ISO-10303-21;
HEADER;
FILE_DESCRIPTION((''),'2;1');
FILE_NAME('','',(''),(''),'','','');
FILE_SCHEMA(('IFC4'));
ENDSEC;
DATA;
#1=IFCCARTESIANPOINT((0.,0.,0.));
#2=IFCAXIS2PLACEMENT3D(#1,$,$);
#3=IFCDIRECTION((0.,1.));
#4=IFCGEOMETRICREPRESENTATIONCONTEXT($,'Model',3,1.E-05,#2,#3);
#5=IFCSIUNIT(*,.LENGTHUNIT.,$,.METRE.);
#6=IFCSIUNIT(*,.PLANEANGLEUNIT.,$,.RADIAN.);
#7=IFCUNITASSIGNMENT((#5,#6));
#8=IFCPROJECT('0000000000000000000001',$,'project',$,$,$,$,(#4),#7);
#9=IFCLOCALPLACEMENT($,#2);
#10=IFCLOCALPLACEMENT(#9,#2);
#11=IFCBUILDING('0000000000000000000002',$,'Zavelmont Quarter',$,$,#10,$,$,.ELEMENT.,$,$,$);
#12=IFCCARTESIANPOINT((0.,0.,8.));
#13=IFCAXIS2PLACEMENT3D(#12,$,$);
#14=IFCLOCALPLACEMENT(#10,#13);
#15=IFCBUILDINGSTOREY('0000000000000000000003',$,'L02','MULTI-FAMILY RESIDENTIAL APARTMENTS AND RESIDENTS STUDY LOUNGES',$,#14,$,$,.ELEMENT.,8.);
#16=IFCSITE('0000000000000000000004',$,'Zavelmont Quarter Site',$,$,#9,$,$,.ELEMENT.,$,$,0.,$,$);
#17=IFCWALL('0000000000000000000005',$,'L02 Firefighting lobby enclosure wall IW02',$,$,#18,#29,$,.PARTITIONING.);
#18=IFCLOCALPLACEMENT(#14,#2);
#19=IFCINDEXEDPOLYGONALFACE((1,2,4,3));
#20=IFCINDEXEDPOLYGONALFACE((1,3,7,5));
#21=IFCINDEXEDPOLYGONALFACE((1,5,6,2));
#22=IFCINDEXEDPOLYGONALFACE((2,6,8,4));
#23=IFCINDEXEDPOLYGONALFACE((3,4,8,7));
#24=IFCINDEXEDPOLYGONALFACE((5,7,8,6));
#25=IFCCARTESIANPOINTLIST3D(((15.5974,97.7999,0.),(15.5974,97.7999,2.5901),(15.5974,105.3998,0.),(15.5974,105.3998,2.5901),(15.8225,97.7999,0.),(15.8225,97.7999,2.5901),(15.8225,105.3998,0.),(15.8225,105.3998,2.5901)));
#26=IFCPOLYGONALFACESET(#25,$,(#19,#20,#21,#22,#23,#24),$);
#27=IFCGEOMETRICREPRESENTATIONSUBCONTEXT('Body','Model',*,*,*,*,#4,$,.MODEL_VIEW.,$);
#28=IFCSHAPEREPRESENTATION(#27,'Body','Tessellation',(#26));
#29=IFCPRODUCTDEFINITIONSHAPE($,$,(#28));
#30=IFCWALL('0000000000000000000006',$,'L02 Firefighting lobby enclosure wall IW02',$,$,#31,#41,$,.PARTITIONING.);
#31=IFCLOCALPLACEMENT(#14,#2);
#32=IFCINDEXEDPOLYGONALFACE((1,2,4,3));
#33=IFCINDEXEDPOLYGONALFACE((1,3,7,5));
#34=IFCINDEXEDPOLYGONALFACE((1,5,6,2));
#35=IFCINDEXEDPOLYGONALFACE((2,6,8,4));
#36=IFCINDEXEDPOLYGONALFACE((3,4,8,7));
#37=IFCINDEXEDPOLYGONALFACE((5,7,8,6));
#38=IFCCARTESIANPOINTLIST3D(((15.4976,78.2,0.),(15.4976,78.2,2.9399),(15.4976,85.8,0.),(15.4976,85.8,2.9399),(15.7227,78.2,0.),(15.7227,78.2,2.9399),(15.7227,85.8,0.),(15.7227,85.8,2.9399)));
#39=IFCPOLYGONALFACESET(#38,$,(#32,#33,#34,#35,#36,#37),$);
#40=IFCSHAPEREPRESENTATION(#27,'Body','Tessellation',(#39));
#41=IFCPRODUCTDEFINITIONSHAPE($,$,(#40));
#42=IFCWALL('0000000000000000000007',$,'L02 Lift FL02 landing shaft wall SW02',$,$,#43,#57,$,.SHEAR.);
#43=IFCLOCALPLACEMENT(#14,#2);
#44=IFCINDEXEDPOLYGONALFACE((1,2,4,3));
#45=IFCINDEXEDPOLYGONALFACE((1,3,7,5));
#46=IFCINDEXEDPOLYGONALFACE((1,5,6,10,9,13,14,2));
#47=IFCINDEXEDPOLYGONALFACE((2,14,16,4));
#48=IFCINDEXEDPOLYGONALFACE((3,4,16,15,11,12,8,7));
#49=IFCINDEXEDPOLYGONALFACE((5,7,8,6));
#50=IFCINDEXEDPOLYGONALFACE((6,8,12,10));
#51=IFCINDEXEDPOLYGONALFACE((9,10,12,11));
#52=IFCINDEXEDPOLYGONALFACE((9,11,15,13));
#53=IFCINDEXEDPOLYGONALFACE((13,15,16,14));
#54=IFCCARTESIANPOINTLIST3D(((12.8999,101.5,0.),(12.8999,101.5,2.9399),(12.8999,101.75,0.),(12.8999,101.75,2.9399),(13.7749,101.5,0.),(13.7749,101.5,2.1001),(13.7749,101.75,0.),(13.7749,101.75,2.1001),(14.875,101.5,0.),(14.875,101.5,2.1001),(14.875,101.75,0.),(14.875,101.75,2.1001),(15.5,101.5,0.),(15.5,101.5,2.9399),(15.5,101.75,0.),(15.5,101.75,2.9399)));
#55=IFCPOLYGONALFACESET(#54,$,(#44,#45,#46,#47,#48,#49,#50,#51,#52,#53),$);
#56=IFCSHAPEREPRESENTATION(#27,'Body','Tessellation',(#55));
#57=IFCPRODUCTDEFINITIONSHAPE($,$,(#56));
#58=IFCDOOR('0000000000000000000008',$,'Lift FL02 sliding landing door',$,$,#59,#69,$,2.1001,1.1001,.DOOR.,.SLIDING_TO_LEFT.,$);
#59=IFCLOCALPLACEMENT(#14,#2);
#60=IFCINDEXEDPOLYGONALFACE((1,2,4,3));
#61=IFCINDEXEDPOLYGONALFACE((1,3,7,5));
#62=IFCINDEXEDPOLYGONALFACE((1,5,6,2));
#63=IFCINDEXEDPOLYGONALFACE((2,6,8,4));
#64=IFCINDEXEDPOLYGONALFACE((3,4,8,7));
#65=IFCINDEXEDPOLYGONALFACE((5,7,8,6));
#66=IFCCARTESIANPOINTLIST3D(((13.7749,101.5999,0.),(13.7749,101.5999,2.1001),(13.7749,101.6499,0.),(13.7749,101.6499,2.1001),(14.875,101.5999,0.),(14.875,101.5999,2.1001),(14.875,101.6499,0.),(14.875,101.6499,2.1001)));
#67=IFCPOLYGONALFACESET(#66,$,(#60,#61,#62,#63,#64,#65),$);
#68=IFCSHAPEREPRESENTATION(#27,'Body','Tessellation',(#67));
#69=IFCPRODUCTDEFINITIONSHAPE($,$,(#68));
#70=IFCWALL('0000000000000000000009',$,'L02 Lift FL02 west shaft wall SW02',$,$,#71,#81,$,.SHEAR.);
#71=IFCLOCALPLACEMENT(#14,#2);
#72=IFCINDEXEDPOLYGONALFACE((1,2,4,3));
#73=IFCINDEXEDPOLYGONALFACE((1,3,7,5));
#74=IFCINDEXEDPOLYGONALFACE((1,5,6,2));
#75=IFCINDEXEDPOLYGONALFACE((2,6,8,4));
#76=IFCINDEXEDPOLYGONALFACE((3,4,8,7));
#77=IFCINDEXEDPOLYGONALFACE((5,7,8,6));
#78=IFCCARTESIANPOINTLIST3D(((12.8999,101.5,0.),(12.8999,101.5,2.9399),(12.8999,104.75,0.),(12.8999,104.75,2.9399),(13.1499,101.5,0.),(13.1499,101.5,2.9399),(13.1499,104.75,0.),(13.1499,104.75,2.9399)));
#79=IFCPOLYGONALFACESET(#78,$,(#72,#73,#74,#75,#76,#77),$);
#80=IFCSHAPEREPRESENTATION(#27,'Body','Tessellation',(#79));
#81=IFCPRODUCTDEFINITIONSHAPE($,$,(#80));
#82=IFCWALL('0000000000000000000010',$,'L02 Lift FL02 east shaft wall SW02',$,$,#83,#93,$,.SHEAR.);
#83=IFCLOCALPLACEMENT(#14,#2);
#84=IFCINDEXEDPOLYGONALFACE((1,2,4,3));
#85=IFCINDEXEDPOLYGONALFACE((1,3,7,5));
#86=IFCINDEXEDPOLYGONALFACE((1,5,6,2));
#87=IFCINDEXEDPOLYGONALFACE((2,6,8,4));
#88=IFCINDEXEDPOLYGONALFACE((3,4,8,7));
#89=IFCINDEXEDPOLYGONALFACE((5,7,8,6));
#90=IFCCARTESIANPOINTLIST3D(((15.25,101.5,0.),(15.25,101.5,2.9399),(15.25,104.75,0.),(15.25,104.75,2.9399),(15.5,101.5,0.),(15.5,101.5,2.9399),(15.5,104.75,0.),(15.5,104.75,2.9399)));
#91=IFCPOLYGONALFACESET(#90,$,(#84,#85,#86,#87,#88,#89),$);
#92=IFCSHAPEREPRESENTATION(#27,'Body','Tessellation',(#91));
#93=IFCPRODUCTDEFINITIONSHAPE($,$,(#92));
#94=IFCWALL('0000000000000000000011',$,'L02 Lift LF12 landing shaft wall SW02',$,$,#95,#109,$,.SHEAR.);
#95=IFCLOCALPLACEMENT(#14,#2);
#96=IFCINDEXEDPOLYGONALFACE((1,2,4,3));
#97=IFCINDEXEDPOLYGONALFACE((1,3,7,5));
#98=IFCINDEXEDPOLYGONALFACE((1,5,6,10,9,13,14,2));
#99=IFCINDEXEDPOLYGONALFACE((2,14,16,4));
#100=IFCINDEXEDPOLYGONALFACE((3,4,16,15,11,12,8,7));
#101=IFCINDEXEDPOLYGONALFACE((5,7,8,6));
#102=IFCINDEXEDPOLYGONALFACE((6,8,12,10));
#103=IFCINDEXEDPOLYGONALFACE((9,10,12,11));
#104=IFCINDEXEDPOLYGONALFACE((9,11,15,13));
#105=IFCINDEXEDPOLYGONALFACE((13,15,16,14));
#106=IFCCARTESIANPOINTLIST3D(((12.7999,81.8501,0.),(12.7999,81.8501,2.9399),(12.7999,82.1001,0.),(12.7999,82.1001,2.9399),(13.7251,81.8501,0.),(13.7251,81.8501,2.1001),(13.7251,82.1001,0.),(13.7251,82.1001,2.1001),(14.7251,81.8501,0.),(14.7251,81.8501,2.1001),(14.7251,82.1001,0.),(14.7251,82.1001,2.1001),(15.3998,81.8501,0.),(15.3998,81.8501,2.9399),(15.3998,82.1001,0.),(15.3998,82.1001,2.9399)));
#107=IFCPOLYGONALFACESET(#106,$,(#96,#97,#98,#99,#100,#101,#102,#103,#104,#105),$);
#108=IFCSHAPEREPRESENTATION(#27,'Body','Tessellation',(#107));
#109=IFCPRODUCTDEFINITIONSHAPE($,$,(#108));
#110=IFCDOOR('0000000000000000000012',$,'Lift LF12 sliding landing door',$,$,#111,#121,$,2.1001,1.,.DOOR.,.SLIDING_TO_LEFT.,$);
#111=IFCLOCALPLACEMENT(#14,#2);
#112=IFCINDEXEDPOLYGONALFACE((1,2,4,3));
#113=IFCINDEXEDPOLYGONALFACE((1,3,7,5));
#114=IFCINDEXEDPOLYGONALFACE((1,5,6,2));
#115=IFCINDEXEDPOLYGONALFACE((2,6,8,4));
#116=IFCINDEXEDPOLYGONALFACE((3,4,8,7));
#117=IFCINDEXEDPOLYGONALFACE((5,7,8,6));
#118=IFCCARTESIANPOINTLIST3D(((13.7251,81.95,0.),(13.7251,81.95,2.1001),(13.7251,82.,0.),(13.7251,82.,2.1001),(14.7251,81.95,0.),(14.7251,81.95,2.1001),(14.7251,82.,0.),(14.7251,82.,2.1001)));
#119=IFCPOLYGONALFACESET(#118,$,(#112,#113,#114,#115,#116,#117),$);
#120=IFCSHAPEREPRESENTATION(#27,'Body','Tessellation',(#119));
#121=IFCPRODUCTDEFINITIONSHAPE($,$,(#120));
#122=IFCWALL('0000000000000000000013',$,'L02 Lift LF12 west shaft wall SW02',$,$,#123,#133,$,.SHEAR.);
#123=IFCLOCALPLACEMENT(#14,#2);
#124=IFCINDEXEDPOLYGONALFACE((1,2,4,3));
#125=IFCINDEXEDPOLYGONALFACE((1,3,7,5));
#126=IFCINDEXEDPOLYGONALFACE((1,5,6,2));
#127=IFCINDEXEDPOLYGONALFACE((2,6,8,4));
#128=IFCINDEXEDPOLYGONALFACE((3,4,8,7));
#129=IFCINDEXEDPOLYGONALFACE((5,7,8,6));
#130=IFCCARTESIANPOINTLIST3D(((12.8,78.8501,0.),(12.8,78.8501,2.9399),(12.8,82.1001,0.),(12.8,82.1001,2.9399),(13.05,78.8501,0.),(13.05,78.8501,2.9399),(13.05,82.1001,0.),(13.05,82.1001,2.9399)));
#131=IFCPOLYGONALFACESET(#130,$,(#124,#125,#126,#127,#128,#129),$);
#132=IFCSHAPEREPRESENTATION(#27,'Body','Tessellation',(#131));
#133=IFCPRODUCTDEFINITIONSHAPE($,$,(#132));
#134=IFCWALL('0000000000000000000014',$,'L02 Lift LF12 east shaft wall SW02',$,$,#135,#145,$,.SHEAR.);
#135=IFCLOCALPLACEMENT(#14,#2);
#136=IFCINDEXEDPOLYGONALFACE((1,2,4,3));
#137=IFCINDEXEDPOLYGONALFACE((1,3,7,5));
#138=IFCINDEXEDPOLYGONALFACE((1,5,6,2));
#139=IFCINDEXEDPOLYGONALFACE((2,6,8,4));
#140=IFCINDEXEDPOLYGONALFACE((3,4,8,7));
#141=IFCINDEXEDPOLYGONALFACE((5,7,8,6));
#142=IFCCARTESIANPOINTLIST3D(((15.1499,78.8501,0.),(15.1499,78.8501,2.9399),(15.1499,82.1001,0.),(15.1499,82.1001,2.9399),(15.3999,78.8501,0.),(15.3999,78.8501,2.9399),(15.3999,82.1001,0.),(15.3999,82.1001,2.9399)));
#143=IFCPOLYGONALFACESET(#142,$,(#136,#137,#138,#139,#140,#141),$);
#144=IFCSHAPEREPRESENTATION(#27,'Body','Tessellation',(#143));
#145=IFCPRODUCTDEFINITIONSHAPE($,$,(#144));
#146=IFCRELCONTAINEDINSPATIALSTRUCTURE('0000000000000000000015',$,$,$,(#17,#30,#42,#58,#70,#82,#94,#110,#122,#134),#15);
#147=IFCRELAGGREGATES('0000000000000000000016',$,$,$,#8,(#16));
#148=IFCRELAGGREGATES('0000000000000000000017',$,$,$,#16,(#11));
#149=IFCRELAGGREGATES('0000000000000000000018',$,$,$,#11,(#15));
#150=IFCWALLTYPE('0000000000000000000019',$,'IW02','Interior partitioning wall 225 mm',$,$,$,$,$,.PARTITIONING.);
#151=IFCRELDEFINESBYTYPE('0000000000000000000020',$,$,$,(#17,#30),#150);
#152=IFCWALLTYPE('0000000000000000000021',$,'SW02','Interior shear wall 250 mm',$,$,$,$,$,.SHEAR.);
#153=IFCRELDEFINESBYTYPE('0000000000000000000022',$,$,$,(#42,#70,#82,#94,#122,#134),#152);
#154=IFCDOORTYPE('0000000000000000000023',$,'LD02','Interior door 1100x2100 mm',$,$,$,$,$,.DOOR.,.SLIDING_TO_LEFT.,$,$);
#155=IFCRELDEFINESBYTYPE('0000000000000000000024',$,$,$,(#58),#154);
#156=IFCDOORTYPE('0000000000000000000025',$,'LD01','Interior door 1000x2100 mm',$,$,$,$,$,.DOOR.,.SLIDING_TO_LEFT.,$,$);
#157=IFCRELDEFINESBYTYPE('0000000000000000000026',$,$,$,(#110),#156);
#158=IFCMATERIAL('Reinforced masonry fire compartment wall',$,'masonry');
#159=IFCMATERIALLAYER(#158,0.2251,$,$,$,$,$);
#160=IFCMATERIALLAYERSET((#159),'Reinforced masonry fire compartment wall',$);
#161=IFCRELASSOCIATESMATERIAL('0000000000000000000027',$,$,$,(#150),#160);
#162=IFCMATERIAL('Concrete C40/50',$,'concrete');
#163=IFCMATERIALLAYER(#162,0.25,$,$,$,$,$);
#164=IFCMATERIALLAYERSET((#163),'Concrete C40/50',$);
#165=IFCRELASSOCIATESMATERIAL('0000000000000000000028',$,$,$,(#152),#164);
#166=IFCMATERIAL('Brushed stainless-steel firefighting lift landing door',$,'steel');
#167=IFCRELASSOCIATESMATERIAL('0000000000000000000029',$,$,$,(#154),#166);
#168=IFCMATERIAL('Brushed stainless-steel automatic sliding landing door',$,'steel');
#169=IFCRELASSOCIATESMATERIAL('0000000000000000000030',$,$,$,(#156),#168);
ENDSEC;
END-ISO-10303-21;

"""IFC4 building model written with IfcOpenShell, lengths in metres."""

from ifc_helpers import new_model, si_unit, direction, frame, frame_2d, origin, origin_with_axes, place, context, subcontext, project, spatial, rectangle, extrude, material, layer, layer_set, type_object, element, fill, save


model = new_model("IFC4")

# Units and contexts
model_context = context("Model", 3, precision=1e-05, world=origin(), true_north=direction((0.0, 1.0)))
body_context = subcontext(model_context, "Body", "Model", "MODEL_VIEW")
ifc_project = project(units=[si_unit("LENGTHUNIT", "METRE"), si_unit("PLANEANGLEUNIT", "RADIAN")], contexts=[model_context])

# Site, building, storey
site_placement = place(None, origin())
site = spatial("IfcSite", under=ifc_project, at=site_placement, Name="Zavelmont Quarter Site", CompositionType="ELEMENT", RefElevation=0.0)
building_placement = place(site_placement, origin())
building = spatial("IfcBuilding", under=site, at=building_placement, Name="Zavelmont Quarter", CompositionType="ELEMENT")
storey_placement = place(building_placement, frame((0.0, 0.0, 8.0)))
storey = spatial("IfcBuildingStorey", under=building, at=storey_placement, Name="L02", Description="MULTI-FAMILY RESIDENTIAL APARTMENTS AND RESIDENTS STUDY LOUNGES", CompositionType="ELEMENT", Elevation=8.0)

# Shared definitions
ifc_material_1 = material(Name="Concrete C40/50", Category="concrete")

# Walls
ifc_material_2 = material(Name="Reinforced masonry fire compartment wall", Category="masonry")
ifc_layer_1 = layer(ifc_material_2, 0.2251)
ifc_layer_set_1 = layer_set([ifc_layer_1], Name="Reinforced masonry fire compartment wall")
wall_type_1 = type_object("IfcWallType", Name="IW02", Description="Interior partitioning wall 225 mm", PredefinedType="PARTITIONING", material=ifc_layer_set_1)
wall_1_placement = place(storey_placement, frame((15.71, 97.8, 0.0), z_axis=(0.0, 0.0, 1.0), x_axis=(0.0, 1.0, 0.0)))
element("IfcWall", 1, at=wall_1_placement, inside=storey, type_object=wall_type_1, Name="L02 Firefighting lobby enclosure wall IW02", PredefinedType="PARTITIONING", context=body_context, shape_type="SweptSolid", body=[
    extrude(rectangle(XDim=7.5999, YDim=0.2251, at=frame_2d((3.7998, 0.0))), origin(), (0.0, 0.0, 1.0), 2.5901),
])
wall_2_placement = place(storey_placement, frame((15.6101, 78.2, 0.0), z_axis=(0.0, 0.0, 1.0), x_axis=(0.0, 1.0, 0.0)))
element("IfcWall", 2, at=wall_2_placement, inside=storey, type_object=wall_type_1, Name="L02 Firefighting lobby enclosure wall IW02", PredefinedType="PARTITIONING", context=body_context, shape_type="SweptSolid", body=[
    extrude(rectangle(XDim=7.6001, YDim=0.2251, at=frame_2d((3.8, 0.0))), origin(), (0.0, 0.0, 1.0), 2.9399),
])

# Wall, opening, door
ifc_layer_2 = layer(ifc_material_1, 0.25)
ifc_layer_set_2 = layer_set([ifc_layer_2], Name="Concrete C40/50")
wall_type_2 = type_object("IfcWallType", Name="SW02", Description="Interior shear wall 250 mm", PredefinedType="SHEAR", material=ifc_layer_set_2)
wall_3_placement = place(storey_placement, frame((12.8999, 101.625, 0.0), z_axis=(0.0, 0.0, 1.0), x_axis=(1.0, 0.0, 0.0)))
wall_3 = element("IfcWall", 3, at=wall_3_placement, inside=storey, type_object=wall_type_2, Name="L02 Lift FL02 landing shaft wall SW02", PredefinedType="SHEAR", context=body_context, shape_type="SweptSolid", body=[
    extrude(rectangle(XDim=2.6001, YDim=0.25, at=frame_2d((1.3, 0.0))), origin(), (0.0, 0.0, 1.0), 2.9399),
])
opening_1_placement = place(wall_3_placement, frame((0.875, 0.0, 0.0)))
opening_1 = element("IfcOpeningElement", 4, at=opening_1_placement, cuts=wall_3, PredefinedType="OPENING", context=body_context, shape_type="SweptSolid", body=[
    extrude(rectangle(XDim=1.1001, YDim=2.1001, at=frame_2d((0.55, 1.05))), frame((0.0, 0.137, 0.0), z_axis=(0.0, -1.0, 0.0), x_axis=(1.0, 0.0, 0.0)), (0.0, 0.0, 1.0), 0.2739),
])
ifc_material_3 = material(Name="Brushed stainless-steel firefighting lift landing door", Category="steel")
door_type_1 = type_object("IfcDoorType", Name="LD02", Description="Interior door 1100x2100 mm", OperationType="SLIDING_TO_LEFT", PredefinedType="DOOR", material=ifc_material_3)
door_1_placement = place(opening_1_placement, origin_with_axes())
door_1 = element("IfcDoor", 5, at=door_1_placement, inside=storey, type_object=door_type_1, Name="Lift FL02 sliding landing door", OperationType="SLIDING_TO_LEFT", OverallHeight=2.1001, OverallWidth=1.1001, PredefinedType="DOOR", context=body_context, shape_type="SweptSolid", body=[
    extrude(rectangle(XDim=1.1001, YDim=2.1001, at=frame_2d((0.55, 1.05))), frame((0.0, 0.0249, 0.0), z_axis=(0.0, -1.0, 0.0), x_axis=(1.0, 0.0, 0.0)), (0.0, 0.0, 1.0), 0.05),
])
fill(opening_1, door_1)

# Walls
for number, where, z_axis, x_axis, name in (
    (6, (13.0249, 101.5, 0.0), (0.0, 0.0, 1.0), (0.0, 1.0, 0.0), "L02 Lift FL02 west shaft wall SW02"),
    (7, (15.375, 101.5, 0.0), (0.0, 0.0, 1.0), (0.0, 1.0, 0.0), "L02 Lift FL02 east shaft wall SW02"),
):
    element("IfcWall", number, at=place(storey_placement, frame(where, z_axis=z_axis, x_axis=x_axis)), inside=storey, type_object=wall_type_2, Name=name, PredefinedType="SHEAR", context=body_context, shape_type="SweptSolid", body=[
        extrude(rectangle(XDim=3.25, YDim=0.25, at=frame_2d((1.625, 0.0))), origin(), (0.0, 0.0, 1.0), 2.9399),
    ])

# Wall, opening, door
wall_4_placement = place(storey_placement, frame((12.8, 81.9751, 0.0), z_axis=(0.0, 0.0, 1.0), x_axis=(1.0, 0.0, 0.0)))
wall_4 = element("IfcWall", 8, at=wall_4_placement, inside=storey, type_object=wall_type_2, Name="L02 Lift LF12 landing shaft wall SW02", PredefinedType="SHEAR", context=body_context, shape_type="SweptSolid", body=[
    extrude(rectangle(XDim=2.5999, YDim=0.25, at=frame_2d((1.2998, 0.0))), origin(), (0.0, 0.0, 1.0), 2.9399),
])
opening_2_placement = place(wall_4_placement, frame((0.925, 0.0, 0.0)))
opening_2 = element("IfcOpeningElement", 9, at=opening_2_placement, cuts=wall_4, PredefinedType="OPENING", context=body_context, shape_type="SweptSolid", body=[
    extrude(rectangle(XDim=1.0, YDim=2.1001, at=frame_2d((0.5, 1.05))), frame((0.0, 0.137, 0.0), z_axis=(0.0, -1.0, 0.0), x_axis=(1.0, 0.0, 0.0)), (0.0, 0.0, 1.0), 0.2739),
])
ifc_material_4 = material(Name="Brushed stainless-steel automatic sliding landing door", Category="steel")
door_type_2 = type_object("IfcDoorType", Name="LD01", Description="Interior door 1000x2100 mm", OperationType="SLIDING_TO_LEFT", PredefinedType="DOOR", material=ifc_material_4)
door_2_placement = place(opening_2_placement, origin_with_axes())
door_2 = element("IfcDoor", 10, at=door_2_placement, inside=storey, type_object=door_type_2, Name="Lift LF12 sliding landing door", OperationType="SLIDING_TO_LEFT", OverallHeight=2.1001, OverallWidth=1.0, PredefinedType="DOOR", context=body_context, shape_type="SweptSolid", body=[
    extrude(rectangle(XDim=1.0, YDim=2.1001, at=frame_2d((0.5, 1.05))), frame((0.0, 0.0249, 0.0), z_axis=(0.0, -1.0, 0.0), x_axis=(1.0, 0.0, 0.0)), (0.0, 0.0, 1.0), 0.05),
])
fill(opening_2, door_2)

# Walls
for number, where, z_axis, x_axis, name in (
    (11, (12.925, 78.8501, 0.0), (0.0, 0.0, 1.0), (0.0, 1.0, 0.0), "L02 Lift LF12 west shaft wall SW02"),
    (12, (15.2749, 78.8501, 0.0), (0.0, 0.0, 1.0), (0.0, 1.0, 0.0), "L02 Lift LF12 east shaft wall SW02"),
):
    element("IfcWall", number, at=place(storey_placement, frame(where, z_axis=z_axis, x_axis=x_axis)), inside=storey, type_object=wall_type_2, Name=name, PredefinedType="SHEAR", context=body_context, shape_type="SweptSolid", body=[
        extrude(rectangle(XDim=3.25, YDim=0.25, at=frame_2d((1.625, 0.0))), origin(), (0.0, 0.0, 1.0), 2.9399),
    ])

save(model, "model.ifc")
